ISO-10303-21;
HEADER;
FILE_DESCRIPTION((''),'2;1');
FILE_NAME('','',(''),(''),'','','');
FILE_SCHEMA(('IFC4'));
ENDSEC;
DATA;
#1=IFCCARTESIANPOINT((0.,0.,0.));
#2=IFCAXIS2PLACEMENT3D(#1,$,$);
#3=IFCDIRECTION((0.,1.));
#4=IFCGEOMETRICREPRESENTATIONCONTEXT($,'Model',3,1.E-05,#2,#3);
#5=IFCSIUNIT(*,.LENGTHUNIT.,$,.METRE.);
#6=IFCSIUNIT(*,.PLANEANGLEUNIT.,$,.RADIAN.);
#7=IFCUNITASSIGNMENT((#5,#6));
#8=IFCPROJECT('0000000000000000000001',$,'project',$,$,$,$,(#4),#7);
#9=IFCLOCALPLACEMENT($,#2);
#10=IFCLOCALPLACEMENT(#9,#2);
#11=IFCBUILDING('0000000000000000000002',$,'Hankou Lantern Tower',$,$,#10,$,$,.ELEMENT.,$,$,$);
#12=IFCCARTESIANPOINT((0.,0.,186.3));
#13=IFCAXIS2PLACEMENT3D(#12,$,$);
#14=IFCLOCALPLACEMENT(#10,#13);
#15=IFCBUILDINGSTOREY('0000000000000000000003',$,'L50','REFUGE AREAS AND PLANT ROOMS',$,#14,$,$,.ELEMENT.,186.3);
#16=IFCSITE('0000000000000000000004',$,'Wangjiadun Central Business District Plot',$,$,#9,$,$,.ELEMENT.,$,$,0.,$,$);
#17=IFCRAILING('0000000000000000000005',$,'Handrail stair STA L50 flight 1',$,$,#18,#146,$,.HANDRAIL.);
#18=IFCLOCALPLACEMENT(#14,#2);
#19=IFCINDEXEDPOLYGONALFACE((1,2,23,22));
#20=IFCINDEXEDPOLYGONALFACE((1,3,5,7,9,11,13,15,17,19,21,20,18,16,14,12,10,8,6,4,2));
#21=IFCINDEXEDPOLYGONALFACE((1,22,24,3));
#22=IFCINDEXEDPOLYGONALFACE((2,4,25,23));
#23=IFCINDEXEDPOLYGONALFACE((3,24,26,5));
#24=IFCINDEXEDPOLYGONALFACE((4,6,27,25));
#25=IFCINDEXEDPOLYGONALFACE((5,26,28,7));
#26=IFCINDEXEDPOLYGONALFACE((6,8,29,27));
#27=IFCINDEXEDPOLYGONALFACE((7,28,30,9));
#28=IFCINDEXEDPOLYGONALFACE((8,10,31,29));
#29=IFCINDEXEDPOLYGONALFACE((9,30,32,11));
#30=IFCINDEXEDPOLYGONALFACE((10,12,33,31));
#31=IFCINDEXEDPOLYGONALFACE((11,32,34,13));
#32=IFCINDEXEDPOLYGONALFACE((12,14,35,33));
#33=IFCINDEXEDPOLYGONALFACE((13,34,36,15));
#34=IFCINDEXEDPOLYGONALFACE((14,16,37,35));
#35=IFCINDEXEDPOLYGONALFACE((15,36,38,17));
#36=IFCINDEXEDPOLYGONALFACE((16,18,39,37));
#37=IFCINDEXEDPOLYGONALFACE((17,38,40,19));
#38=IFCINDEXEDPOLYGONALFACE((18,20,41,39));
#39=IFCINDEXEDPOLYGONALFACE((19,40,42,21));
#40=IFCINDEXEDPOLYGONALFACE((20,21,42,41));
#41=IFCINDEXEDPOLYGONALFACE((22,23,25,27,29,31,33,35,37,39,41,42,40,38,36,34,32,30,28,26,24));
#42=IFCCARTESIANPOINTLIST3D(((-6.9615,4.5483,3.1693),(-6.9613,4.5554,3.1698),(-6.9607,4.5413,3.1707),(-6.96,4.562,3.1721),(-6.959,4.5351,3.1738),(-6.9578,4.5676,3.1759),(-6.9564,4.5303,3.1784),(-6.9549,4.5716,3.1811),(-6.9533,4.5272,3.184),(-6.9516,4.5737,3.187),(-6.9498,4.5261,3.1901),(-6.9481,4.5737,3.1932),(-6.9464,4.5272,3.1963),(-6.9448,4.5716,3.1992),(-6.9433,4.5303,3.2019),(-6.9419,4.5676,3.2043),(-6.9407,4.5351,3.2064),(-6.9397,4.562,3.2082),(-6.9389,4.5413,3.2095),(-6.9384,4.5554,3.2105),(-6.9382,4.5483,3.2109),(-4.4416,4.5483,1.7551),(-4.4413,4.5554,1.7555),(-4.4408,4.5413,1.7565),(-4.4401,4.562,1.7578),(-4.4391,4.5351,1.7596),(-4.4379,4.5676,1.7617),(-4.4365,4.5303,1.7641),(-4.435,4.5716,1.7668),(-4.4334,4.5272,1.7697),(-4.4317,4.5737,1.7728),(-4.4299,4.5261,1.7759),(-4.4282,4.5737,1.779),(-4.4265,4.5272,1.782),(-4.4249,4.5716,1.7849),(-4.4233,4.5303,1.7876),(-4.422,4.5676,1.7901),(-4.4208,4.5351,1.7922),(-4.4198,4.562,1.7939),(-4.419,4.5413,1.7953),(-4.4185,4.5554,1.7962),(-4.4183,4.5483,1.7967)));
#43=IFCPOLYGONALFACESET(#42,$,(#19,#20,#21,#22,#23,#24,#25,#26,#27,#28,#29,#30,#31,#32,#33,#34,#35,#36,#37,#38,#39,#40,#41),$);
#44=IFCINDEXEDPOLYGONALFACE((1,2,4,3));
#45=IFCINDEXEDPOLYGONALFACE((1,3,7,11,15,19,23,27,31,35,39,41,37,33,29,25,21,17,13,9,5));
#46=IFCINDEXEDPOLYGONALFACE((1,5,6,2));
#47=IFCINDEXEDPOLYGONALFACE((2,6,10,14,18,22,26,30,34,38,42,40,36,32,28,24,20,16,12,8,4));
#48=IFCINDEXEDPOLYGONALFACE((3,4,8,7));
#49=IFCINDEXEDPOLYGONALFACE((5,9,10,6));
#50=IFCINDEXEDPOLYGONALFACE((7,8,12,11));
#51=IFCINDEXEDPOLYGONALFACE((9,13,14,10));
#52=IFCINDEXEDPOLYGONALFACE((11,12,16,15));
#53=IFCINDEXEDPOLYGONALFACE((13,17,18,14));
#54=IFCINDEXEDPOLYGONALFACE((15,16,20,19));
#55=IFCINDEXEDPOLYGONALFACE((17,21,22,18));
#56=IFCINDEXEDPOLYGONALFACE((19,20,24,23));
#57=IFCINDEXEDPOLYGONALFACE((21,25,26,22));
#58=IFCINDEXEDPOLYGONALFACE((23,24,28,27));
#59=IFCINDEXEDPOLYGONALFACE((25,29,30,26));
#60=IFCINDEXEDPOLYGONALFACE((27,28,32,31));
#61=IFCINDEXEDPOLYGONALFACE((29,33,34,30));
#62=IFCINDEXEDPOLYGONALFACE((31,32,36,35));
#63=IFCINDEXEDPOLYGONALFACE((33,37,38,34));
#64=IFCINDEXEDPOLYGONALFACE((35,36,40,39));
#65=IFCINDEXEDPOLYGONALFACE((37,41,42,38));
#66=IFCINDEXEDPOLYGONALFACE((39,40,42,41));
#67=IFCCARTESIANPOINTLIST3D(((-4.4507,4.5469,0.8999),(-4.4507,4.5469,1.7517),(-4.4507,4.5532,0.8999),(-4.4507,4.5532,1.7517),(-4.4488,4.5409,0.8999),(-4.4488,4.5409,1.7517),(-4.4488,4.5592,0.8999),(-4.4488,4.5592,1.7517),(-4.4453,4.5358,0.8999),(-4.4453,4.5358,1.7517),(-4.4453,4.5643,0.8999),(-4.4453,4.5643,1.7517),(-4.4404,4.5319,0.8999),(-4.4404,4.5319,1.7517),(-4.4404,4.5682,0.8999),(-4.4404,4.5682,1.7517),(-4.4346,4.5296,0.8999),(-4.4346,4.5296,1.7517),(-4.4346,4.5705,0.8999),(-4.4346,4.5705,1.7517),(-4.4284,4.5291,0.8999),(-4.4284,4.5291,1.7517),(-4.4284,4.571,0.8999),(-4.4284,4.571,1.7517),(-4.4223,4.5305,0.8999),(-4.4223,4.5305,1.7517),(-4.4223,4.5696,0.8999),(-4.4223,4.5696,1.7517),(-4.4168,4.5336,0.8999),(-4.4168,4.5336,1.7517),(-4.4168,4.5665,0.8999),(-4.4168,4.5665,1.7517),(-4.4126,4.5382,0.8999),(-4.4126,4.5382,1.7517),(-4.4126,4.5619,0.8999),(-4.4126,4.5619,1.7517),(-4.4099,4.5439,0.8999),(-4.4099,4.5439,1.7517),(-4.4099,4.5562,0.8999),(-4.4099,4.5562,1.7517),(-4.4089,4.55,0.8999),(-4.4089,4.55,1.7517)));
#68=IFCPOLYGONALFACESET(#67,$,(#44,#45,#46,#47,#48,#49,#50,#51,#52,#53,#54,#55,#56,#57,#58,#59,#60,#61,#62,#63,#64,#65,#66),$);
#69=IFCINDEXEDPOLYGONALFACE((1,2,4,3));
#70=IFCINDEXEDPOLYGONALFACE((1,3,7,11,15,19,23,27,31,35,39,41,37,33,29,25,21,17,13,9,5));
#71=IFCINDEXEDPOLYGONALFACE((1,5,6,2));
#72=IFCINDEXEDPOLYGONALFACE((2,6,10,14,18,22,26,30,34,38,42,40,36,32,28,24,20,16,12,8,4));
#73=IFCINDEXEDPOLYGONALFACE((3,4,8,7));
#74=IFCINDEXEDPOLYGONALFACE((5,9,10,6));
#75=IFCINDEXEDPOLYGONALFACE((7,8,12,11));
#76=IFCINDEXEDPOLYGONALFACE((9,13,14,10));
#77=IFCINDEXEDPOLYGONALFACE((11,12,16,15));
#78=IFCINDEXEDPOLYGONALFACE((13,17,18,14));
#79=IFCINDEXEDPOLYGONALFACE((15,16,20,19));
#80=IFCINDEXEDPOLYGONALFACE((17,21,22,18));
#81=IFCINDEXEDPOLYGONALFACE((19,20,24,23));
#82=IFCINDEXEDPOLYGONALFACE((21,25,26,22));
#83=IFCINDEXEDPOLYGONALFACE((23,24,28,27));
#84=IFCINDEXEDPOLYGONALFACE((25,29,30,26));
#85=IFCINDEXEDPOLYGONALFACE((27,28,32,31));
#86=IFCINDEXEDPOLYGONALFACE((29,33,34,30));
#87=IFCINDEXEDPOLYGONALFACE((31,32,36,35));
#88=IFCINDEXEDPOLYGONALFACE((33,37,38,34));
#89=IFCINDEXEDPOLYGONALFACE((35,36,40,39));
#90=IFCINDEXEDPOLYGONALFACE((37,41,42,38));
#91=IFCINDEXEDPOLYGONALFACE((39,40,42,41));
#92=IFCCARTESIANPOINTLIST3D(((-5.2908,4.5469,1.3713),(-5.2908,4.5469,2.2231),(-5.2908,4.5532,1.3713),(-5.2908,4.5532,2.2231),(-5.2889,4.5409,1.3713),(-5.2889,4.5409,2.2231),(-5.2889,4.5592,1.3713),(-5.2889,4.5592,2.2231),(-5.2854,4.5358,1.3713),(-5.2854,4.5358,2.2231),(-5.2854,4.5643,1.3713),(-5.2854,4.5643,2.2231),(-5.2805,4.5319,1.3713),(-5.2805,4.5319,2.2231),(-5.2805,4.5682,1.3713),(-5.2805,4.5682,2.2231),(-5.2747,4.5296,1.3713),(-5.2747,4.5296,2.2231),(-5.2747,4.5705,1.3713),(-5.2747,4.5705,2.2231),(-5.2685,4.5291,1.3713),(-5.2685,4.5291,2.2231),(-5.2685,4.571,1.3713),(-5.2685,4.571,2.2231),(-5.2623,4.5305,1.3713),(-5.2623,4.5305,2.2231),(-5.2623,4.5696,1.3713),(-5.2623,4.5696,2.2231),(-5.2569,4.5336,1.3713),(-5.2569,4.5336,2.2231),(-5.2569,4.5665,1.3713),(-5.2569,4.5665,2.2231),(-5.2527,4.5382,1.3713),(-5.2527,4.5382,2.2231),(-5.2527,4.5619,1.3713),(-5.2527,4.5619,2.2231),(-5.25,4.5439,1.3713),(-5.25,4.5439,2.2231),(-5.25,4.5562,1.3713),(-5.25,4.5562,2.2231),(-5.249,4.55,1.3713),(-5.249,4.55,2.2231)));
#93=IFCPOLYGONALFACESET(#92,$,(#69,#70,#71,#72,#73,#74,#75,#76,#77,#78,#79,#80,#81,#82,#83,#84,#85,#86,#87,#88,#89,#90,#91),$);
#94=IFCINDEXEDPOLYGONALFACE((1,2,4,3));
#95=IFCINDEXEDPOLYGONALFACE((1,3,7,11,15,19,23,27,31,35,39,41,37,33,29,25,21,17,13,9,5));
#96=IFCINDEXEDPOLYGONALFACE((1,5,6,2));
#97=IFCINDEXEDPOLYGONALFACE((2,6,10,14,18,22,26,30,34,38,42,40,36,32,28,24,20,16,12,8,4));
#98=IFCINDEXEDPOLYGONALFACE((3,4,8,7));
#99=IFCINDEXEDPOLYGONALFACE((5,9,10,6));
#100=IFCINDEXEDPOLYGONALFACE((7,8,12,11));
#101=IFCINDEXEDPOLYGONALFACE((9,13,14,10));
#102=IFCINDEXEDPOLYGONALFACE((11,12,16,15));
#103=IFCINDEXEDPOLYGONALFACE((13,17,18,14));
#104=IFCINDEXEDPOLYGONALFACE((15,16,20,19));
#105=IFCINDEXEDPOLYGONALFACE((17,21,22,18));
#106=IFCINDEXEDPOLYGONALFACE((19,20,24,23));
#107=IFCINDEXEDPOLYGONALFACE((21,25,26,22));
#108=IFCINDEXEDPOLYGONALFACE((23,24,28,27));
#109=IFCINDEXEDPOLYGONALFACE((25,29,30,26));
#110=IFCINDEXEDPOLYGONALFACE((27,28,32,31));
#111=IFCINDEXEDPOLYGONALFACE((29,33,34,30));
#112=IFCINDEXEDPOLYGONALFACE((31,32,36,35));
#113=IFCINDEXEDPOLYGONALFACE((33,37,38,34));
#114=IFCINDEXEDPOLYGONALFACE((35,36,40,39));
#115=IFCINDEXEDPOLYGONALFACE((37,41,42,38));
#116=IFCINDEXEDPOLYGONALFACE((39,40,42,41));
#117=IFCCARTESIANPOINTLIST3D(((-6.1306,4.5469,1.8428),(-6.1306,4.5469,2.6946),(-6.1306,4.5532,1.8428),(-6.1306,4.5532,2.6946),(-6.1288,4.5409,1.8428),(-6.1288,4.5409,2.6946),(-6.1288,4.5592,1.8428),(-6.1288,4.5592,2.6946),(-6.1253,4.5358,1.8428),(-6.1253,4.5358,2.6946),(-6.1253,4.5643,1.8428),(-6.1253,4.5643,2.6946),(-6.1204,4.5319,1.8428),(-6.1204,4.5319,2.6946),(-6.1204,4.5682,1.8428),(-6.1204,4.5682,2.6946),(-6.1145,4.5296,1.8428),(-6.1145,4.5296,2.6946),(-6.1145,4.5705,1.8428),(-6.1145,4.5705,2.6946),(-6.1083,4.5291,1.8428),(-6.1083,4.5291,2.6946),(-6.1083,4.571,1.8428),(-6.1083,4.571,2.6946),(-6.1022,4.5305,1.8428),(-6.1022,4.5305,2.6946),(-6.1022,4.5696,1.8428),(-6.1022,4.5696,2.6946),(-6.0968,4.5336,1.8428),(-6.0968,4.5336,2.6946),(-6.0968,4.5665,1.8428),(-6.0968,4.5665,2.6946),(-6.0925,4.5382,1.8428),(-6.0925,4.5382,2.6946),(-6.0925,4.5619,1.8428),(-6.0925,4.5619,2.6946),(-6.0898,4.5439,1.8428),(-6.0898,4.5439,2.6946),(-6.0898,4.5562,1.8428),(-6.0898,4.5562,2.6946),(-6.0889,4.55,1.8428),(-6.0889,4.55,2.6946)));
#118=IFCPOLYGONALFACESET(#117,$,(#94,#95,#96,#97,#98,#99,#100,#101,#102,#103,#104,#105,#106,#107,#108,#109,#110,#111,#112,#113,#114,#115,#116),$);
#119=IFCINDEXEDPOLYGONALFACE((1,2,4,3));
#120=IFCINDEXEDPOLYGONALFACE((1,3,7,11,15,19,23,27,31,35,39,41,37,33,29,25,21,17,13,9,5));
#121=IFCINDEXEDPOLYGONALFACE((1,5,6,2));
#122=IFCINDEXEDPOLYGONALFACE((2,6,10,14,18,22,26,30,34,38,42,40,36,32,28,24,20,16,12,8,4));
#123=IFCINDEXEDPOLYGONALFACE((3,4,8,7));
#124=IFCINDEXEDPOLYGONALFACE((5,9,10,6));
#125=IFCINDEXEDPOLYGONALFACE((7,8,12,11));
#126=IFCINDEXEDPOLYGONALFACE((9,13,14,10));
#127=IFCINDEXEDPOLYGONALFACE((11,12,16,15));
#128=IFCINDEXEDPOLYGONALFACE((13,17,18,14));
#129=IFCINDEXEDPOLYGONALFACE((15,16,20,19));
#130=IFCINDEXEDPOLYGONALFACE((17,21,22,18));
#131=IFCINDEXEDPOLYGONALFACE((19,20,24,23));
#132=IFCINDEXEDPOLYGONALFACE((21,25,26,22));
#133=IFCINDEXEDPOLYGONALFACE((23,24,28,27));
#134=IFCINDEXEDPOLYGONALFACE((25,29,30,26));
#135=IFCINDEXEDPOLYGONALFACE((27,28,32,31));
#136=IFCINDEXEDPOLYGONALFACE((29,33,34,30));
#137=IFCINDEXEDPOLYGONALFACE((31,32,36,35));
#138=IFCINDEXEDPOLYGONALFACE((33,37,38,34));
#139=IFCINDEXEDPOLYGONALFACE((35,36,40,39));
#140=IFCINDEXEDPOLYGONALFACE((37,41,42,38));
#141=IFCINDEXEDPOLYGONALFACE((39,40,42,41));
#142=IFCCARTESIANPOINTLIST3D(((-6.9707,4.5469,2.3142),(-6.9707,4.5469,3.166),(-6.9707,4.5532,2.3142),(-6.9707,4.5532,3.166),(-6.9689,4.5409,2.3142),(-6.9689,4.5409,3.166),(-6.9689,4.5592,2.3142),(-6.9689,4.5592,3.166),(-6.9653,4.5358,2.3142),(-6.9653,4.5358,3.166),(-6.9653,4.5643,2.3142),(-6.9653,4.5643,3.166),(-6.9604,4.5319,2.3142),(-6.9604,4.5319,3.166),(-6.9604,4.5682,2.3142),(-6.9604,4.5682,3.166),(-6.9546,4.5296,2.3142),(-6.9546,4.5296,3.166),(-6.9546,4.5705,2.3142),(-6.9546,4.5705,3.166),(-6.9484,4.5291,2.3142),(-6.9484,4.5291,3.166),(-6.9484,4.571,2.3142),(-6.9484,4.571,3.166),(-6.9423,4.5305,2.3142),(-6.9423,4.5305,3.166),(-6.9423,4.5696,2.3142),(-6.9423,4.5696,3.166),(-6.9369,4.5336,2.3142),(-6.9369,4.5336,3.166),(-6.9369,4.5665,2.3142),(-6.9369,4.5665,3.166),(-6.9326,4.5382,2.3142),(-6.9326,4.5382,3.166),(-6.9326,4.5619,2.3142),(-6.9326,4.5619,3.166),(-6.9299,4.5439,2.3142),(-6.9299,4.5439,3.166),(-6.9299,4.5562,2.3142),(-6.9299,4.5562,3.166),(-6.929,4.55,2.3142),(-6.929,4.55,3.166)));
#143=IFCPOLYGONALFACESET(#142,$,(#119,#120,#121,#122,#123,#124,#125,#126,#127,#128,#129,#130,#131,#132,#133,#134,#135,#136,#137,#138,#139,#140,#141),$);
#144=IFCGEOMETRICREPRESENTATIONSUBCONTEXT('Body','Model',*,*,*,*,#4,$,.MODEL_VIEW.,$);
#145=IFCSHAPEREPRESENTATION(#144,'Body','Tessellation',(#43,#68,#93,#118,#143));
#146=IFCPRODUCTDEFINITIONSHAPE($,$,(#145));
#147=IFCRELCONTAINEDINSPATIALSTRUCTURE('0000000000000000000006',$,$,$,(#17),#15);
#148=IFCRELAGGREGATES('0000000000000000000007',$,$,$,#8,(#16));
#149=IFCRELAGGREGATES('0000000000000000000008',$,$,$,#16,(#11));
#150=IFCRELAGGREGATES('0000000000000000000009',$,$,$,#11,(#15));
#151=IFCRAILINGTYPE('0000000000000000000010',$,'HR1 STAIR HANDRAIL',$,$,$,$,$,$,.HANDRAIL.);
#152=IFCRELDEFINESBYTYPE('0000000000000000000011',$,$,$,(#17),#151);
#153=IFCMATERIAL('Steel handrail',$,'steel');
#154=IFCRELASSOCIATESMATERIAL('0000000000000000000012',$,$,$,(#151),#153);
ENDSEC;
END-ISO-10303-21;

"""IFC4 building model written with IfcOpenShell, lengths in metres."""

from ifc_helpers import new_model, si_unit, direction, frame, origin, origin_2d, place, context, subcontext, project, spatial, circle, extrude, material, type_object, element, save


model = new_model("IFC4")

# Units and contexts
model_context = context("Model", 3, precision=1e-05, world=origin(), true_north=direction((0.0, 1.0)))
body_context = subcontext(model_context, "Body", "Model", "MODEL_VIEW")
ifc_project = project(units=[si_unit("LENGTHUNIT", "METRE"), si_unit("PLANEANGLEUNIT", "RADIAN")], contexts=[model_context])

# Site, building, storey
site_placement = place(None, origin())
site = spatial("IfcSite", under=ifc_project, at=site_placement, Name="Wangjiadun Central Business District Plot", CompositionType="ELEMENT", RefElevation=0.0)
building_placement = place(site_placement, origin())
building = spatial("IfcBuilding", under=site, at=building_placement, Name="Hankou Lantern Tower", CompositionType="ELEMENT")
storey_placement = place(building_placement, frame((0.0, 0.0, 186.3)))
storey = spatial("IfcBuildingStorey", under=building, at=storey_placement, Name="L50", Description="REFUGE AREAS AND PLANT ROOMS", CompositionType="ELEMENT", Elevation=186.3)

# Railing
ifc_material_1 = material(Name="Steel handrail", Category="steel")
railing_type = type_object("IfcRailingType", Name="HR1 STAIR HANDRAIL", PredefinedType="HANDRAIL", material=ifc_material_1)
railing_1_placement = place(storey_placement, frame((-4.4299, 4.55, 0.8999)))
element("IfcRailing", 1, at=railing_1_placement, inside=storey, type_object=railing_type, Name="Handrail stair STA L50 flight 1", PredefinedType="HANDRAIL", context=body_context, shape_type="SweptSolid", body=[
    extrude(circle(Radius=0.0239, at=origin_2d()), frame((0.0, 0.0, 0.876), z_axis=(-0.872049, 0.0, 0.489419), x_axis=(0.0, -1.0, 0.0)), (0.0, 0.0, 1.0), 2.8896),
    extrude(circle(Radius=0.021, at=origin_2d()), origin(), (0.0, 0.0, 1.0), 0.8518),
    extrude(circle(Radius=0.021, at=origin_2d()), frame((-0.8401, 0.0, 0.4714)), (0.0, 0.0, 1.0), 0.8518),
    extrude(circle(Radius=0.021, at=origin_2d()), frame((-1.6799, 0.0, 0.9429)), (0.0, 0.0, 1.0), 0.8518),
    extrude(circle(Radius=0.021, at=origin_2d()), frame((-2.52, 0.0, 1.4143)), (0.0, 0.0, 1.0), 0.8518),
])

save(model, "model.ifc")
